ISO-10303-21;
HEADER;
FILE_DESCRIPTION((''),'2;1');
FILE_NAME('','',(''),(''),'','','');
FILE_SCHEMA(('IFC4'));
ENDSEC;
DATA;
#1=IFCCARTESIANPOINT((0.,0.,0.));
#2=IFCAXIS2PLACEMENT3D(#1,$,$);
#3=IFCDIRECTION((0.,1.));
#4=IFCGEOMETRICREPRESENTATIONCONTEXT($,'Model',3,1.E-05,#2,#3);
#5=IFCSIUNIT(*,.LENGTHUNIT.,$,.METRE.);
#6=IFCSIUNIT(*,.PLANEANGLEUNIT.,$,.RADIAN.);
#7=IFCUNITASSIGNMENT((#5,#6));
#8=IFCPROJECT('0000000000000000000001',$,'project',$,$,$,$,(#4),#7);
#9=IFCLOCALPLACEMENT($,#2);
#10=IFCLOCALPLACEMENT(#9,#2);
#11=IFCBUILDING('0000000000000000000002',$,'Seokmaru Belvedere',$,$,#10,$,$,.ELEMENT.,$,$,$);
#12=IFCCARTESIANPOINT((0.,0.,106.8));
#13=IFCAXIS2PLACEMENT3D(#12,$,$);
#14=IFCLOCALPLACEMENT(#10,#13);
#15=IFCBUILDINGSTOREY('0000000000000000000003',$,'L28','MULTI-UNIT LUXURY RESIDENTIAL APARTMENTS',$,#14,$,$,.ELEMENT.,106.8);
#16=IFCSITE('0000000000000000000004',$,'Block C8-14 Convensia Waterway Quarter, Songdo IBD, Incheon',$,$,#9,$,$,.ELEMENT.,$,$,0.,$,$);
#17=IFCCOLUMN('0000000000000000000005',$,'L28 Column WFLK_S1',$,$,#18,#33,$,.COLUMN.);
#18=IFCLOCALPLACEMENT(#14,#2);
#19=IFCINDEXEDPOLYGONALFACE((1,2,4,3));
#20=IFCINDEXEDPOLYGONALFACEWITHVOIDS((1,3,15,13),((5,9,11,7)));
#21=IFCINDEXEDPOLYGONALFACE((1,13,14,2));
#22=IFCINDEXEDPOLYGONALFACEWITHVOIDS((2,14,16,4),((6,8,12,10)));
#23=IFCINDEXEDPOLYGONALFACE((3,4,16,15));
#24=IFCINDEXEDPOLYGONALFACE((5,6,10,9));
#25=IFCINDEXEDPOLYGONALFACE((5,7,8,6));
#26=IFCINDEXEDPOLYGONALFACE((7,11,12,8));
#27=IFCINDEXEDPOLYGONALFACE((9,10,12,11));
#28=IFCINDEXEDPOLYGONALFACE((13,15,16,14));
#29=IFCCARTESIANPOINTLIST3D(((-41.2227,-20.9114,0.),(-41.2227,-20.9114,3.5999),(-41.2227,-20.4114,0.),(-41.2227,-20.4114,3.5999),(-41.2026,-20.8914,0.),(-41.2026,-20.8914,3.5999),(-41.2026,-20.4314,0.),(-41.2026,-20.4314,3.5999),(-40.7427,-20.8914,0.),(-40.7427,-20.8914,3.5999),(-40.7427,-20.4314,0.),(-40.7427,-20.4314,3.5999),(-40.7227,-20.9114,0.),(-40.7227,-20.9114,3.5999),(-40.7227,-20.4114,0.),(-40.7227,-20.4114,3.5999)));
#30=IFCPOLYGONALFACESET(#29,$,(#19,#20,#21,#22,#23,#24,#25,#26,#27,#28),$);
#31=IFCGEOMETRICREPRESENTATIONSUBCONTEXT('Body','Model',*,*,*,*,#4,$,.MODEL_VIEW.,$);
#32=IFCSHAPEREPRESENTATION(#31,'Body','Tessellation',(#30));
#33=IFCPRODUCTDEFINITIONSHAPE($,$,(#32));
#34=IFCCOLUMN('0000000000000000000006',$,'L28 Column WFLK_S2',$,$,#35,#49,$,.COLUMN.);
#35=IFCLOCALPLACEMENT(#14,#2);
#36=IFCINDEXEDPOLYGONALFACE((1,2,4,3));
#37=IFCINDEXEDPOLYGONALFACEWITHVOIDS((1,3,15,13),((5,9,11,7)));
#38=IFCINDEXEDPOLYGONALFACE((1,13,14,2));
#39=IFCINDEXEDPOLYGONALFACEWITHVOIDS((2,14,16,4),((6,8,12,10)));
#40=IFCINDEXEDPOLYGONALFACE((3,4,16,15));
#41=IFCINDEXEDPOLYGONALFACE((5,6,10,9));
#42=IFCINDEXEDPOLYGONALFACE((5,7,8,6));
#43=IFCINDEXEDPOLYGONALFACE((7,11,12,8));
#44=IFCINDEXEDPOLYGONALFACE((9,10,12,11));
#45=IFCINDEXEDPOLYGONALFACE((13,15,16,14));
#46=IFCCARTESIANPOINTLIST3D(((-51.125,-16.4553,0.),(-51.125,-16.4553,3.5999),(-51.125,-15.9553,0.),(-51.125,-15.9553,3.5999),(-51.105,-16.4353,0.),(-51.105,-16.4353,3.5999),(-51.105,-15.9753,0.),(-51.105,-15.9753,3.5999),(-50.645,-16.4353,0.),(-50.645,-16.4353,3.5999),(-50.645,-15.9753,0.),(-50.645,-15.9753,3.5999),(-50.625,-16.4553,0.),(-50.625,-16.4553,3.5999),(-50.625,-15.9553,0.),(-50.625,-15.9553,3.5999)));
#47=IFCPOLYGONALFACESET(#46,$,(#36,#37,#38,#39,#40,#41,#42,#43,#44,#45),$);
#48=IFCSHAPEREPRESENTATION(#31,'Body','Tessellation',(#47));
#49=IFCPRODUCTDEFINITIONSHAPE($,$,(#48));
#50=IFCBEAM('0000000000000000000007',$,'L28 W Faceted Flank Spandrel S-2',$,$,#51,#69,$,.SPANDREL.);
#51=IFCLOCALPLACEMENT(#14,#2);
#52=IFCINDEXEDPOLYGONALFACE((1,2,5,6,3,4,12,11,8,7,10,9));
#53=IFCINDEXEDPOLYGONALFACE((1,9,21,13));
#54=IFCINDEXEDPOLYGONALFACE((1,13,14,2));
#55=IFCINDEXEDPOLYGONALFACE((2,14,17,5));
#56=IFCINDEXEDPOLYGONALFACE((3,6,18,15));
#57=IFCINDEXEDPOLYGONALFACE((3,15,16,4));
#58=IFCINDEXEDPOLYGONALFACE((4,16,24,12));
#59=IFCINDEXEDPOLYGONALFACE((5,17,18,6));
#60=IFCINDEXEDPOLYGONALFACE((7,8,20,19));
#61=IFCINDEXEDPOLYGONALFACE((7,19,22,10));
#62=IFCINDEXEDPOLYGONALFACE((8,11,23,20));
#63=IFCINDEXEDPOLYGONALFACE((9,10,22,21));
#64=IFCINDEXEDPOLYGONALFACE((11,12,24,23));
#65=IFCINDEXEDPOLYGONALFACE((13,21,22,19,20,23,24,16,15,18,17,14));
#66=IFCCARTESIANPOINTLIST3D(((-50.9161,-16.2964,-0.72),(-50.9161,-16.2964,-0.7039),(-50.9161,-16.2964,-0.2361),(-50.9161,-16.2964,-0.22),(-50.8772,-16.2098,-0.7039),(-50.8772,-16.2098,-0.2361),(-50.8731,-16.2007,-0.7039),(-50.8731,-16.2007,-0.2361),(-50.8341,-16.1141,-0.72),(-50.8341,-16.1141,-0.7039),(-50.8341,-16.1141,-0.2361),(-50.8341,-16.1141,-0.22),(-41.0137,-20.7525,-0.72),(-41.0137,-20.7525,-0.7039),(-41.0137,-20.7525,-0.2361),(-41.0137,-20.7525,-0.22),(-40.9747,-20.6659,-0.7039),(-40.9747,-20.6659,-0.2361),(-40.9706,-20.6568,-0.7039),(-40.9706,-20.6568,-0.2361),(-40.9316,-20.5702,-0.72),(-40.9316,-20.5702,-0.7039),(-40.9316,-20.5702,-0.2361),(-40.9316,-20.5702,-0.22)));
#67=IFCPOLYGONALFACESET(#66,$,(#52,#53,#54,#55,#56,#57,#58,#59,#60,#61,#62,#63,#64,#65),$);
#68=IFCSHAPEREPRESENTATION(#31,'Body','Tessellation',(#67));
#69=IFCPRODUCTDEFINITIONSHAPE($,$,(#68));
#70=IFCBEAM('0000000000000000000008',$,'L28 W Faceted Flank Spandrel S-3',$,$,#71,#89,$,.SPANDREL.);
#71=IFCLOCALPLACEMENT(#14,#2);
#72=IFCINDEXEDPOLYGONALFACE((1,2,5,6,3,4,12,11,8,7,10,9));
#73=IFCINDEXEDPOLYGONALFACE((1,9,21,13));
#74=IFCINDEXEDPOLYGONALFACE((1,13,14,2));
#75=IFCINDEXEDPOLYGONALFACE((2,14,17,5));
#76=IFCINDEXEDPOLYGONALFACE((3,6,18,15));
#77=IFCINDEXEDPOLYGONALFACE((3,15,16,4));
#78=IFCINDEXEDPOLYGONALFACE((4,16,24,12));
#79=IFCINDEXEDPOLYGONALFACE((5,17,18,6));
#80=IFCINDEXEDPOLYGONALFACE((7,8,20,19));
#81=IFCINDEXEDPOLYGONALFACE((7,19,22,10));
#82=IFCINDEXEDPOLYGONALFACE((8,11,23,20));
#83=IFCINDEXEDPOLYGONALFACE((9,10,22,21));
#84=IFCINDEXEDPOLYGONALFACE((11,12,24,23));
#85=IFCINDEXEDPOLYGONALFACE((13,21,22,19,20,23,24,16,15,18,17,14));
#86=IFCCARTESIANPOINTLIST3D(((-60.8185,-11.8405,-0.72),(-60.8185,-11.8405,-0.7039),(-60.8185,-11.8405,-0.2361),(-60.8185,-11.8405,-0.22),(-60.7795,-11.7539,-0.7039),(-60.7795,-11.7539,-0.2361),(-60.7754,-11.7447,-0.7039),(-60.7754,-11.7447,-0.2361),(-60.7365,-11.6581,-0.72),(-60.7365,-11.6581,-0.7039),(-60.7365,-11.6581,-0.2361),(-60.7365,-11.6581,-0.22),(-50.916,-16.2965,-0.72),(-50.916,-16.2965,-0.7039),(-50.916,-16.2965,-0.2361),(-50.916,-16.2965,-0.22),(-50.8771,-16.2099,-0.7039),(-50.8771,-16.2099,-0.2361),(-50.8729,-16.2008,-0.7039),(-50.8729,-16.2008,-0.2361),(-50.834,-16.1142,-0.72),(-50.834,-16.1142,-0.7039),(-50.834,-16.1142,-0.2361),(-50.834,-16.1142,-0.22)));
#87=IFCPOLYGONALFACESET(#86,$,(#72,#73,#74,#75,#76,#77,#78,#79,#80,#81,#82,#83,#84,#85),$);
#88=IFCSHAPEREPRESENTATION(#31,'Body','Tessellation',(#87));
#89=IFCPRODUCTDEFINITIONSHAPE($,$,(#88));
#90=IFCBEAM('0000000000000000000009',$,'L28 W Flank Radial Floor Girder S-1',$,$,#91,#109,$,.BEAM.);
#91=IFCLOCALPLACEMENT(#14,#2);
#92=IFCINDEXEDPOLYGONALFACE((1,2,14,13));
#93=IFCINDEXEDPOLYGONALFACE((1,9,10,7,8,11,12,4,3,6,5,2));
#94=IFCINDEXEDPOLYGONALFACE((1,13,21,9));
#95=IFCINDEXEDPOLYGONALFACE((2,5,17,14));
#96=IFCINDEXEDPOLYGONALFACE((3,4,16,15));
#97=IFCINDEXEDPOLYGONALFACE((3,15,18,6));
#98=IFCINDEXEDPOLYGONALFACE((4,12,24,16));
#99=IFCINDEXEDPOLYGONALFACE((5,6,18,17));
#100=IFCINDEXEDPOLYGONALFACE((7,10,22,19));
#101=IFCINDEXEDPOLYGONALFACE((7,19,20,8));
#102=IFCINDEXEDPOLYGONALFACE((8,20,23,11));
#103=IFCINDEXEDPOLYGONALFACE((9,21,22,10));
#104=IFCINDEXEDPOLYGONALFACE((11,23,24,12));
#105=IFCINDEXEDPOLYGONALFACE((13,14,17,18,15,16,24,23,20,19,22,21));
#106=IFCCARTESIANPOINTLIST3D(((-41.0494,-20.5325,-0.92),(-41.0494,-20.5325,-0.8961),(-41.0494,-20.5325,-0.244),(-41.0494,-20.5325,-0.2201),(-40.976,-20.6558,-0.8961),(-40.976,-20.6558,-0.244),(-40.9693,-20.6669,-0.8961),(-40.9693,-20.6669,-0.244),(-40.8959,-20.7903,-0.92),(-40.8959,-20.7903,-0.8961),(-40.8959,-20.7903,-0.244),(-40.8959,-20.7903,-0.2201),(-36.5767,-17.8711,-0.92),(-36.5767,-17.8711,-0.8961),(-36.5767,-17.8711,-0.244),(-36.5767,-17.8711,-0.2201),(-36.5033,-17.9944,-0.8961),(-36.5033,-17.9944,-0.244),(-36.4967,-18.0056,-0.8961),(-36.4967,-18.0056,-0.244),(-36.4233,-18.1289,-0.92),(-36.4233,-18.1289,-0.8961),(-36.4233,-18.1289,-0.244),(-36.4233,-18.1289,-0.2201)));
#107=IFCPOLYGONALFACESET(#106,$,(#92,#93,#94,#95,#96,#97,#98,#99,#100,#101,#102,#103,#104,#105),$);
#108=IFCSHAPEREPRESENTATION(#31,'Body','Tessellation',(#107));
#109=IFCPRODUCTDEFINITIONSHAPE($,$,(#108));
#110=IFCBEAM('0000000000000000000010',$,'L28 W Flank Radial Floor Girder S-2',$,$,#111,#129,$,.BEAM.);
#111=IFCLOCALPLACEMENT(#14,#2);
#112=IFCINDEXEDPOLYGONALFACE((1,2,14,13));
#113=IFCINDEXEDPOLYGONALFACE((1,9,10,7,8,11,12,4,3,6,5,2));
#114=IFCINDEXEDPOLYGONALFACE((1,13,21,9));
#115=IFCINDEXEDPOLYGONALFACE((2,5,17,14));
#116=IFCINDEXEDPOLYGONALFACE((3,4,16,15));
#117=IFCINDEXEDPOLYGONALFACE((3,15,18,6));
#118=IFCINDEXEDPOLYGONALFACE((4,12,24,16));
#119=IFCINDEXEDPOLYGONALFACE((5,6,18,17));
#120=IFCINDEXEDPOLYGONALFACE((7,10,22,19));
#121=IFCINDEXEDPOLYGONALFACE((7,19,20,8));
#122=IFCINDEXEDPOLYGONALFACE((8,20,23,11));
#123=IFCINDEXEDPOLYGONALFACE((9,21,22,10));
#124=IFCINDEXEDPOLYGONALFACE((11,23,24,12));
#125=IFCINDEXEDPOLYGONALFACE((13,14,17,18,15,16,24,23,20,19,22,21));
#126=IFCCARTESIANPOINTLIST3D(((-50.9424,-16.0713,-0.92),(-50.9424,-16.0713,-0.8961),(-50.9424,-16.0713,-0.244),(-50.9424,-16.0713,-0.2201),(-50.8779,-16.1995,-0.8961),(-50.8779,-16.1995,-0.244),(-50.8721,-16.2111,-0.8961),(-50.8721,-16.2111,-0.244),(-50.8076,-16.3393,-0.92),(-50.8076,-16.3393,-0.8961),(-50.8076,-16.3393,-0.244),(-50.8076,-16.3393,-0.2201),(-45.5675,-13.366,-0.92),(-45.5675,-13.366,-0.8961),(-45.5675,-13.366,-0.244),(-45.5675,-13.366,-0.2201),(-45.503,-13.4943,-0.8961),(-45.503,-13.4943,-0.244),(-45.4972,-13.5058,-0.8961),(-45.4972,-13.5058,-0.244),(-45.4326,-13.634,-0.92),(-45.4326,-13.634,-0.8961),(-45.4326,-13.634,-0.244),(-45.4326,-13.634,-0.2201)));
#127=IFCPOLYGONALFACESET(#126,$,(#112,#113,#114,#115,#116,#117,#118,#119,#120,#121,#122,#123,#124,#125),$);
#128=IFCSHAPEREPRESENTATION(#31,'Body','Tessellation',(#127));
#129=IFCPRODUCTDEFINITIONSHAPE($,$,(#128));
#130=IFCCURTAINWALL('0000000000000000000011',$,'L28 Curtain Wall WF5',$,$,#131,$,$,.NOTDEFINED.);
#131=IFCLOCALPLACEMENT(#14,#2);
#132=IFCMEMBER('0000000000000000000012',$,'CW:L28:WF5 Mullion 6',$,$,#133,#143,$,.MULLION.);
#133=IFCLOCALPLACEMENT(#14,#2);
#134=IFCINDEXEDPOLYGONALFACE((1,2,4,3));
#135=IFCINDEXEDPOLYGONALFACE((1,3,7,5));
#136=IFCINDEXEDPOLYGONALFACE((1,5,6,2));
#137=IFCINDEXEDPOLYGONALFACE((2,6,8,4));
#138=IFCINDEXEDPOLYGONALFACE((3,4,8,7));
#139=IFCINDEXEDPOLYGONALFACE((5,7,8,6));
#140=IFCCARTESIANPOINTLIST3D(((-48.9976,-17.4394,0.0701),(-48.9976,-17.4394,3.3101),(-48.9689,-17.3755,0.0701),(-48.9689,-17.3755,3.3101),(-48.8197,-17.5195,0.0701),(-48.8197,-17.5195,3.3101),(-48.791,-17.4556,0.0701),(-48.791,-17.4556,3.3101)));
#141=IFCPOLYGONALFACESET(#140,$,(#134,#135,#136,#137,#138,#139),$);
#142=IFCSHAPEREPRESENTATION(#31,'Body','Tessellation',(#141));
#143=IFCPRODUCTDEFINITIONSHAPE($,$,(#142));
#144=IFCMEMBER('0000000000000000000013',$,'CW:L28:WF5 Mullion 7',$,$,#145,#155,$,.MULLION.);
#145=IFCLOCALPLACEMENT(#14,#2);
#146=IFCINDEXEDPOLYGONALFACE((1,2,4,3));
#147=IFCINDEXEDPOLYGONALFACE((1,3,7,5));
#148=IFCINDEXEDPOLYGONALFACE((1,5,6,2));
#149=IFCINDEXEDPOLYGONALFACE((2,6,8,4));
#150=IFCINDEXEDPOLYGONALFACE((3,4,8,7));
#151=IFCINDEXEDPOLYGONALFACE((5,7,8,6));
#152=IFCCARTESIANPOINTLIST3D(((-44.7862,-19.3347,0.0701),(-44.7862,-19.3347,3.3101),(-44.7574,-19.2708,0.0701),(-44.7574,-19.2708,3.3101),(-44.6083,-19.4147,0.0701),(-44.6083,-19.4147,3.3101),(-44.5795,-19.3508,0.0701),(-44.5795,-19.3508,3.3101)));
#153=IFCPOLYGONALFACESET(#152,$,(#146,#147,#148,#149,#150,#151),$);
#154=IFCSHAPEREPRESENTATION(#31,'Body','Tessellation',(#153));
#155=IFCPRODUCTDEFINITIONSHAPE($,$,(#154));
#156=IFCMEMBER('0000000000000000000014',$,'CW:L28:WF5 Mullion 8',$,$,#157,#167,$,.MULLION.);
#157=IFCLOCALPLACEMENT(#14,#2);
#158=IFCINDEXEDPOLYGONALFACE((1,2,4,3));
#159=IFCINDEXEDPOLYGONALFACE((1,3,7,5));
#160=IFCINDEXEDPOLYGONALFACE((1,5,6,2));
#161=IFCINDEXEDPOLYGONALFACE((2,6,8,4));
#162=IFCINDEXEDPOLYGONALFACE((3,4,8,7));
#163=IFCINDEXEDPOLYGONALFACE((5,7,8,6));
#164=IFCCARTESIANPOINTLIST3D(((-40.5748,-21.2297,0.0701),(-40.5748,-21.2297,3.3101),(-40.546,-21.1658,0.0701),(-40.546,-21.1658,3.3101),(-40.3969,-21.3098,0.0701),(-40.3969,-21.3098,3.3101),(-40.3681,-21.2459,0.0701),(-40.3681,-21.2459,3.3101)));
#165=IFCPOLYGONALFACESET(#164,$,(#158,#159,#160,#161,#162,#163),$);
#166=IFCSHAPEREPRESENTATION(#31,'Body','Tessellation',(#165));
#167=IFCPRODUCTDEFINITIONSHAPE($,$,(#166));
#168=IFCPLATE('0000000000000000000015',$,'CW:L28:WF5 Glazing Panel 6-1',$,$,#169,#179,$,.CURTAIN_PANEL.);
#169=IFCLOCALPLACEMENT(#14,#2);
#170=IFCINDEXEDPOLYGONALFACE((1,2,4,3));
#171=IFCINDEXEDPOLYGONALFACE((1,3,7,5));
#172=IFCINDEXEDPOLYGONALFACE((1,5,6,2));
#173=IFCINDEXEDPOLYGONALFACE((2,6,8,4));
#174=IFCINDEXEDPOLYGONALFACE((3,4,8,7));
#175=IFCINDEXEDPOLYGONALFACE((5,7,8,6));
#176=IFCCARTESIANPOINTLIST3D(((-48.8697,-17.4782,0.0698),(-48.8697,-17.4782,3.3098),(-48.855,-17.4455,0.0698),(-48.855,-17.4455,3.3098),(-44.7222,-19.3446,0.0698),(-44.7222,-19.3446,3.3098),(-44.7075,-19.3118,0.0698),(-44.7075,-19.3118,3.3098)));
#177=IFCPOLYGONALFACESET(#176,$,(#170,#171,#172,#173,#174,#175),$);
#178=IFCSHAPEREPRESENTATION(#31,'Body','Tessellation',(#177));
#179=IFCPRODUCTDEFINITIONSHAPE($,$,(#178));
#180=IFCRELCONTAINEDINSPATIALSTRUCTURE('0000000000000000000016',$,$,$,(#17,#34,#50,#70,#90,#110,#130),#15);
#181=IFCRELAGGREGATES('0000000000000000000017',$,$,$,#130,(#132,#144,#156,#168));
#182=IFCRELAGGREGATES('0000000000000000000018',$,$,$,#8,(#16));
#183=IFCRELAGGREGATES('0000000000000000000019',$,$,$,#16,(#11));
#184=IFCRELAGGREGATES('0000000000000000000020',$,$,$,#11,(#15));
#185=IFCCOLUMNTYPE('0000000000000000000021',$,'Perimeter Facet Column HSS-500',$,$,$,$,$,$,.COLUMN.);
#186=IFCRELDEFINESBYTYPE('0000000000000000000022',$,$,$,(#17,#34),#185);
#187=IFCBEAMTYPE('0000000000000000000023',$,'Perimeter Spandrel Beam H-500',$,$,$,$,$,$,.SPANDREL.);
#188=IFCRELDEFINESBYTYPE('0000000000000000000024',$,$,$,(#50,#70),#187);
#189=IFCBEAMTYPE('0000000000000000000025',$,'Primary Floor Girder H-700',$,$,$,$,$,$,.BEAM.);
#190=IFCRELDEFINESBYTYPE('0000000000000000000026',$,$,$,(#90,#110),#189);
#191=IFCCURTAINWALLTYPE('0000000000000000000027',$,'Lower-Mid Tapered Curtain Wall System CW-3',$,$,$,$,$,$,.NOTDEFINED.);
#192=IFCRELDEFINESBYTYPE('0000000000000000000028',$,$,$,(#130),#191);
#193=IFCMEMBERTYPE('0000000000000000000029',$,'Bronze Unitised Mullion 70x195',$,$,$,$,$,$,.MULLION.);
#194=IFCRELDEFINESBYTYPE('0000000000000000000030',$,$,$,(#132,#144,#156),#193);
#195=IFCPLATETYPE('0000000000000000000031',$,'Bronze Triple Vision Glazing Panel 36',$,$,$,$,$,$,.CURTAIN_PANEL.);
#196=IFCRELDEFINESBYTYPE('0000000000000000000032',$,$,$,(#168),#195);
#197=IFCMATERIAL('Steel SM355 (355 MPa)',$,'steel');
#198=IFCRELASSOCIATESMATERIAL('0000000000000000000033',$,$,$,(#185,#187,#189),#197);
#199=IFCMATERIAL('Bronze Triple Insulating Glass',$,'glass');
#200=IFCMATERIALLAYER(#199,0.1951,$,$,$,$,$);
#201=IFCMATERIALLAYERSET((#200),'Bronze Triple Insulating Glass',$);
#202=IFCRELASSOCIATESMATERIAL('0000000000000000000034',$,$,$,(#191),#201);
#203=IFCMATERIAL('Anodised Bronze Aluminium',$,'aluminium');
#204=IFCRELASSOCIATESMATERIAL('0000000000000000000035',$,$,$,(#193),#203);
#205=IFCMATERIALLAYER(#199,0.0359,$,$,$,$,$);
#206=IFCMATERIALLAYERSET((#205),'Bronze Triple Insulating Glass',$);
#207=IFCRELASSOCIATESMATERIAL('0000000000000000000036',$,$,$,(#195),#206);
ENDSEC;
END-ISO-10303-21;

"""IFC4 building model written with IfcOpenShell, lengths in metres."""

from ifc_helpers import new_model, si_unit, direction, frame, origin, origin_2d, place, context, subcontext, project, spatial, rectangle, hollow_rectangle, i_section, extrude, source, transform, mapped, material, layer, layer_set, material_profile, profile_set, type_object, type_shapes, element, aggregate, save


model = new_model("IFC4")

# Units and contexts
model_context = context("Model", 3, precision=1e-05, world=origin(), true_north=direction((0.0, 1.0)))
body_context = subcontext(model_context, "Body", "Model", "MODEL_VIEW")
ifc_project = project(units=[si_unit("LENGTHUNIT", "METRE"), si_unit("PLANEANGLEUNIT", "RADIAN")], contexts=[model_context])

# Site, building, storey
site_placement = place(None, origin())
site = spatial("IfcSite", under=ifc_project, at=site_placement, Name="Block C8-14 Convensia Waterway Quarter, Songdo IBD, Incheon", CompositionType="ELEMENT", RefElevation=0.0)
building_placement = place(site_placement, origin())
building = spatial("IfcBuilding", under=site, at=building_placement, Name="Seokmaru Belvedere", CompositionType="ELEMENT")
storey_placement = place(building_placement, frame((0.0, 0.0, 106.8)))
storey = spatial("IfcBuildingStorey", under=building, at=storey_placement, Name="L28", Description="MULTI-UNIT LUXURY RESIDENTIAL APARTMENTS", CompositionType="ELEMENT", Elevation=106.8)

# Columns
ifc_material_1 = material(Name="Steel SM355 (355 MPa)", Category="steel")
ifc_material_profile_1 = material_profile(ifc_material_1, hollow_rectangle(XDim=0.5, YDim=0.5, WallThickness=0.02, at=origin_2d()), Name="HSS-500x500x20")
ifc_profile_set_1 = profile_set([ifc_material_profile_1], Name="Steel SM355 (355 MPa)")
column_type = type_object("IfcColumnType", Name="Perimeter Facet Column HSS-500", PredefinedType="COLUMN", material=ifc_profile_set_1)
shared_shape_1 = source(origin(), body_context, "Body", "SweptSolid", [
    extrude(hollow_rectangle(XDim=0.5, YDim=0.5, WallThickness=0.02, at=origin_2d()), origin(), (0.0, 0.0, 1.0), 3.5999),
])
type_shapes(column_type, [shared_shape_1])
for number, where, z_axis, x_axis, name in (
    (1, (-40.9727, -20.6614, 0.0), (0.0, 0.0, 1.0), (1.0, 0.0, 0.0), "L28 Column WFLK_S1"),
    (2, (-50.875, -16.2053, 0.0), (0.0, 0.0, 1.0), (1.0, 0.0, 0.0), "L28 Column WFLK_S2"),
):
    element("IfcColumn", number, at=place(storey_placement, frame(where, z_axis=z_axis, x_axis=x_axis)), inside=storey, type_object=column_type, Name=name, PredefinedType="COLUMN", context=body_context, shape_type="MappedRepresentation", body=[
        mapped(shared_shape_1, transform((0.0, 0.0, 0.0), scale=1.0)),
    ])

# Beams
ifc_material_profile_2 = material_profile(ifc_material_1, i_section(OverallWidth=0.2, OverallDepth=0.5, WebThickness=0.01, FlangeThickness=0.0161, at=origin_2d()), Name="H-500x200x10x16")
ifc_profile_set_2 = profile_set([ifc_material_profile_2], Name="Steel SM355 (355 MPa)")
beam_type_1 = type_object("IfcBeamType", Name="Perimeter Spandrel Beam H-500", PredefinedType="SPANDREL", material=ifc_profile_set_2)
shared_shape_2 = source(origin(), body_context, "Body", "SweptSolid", [
    extrude(i_section(OverallWidth=0.2, OverallDepth=0.5, WebThickness=0.01, FlangeThickness=0.0161, at=origin_2d()), origin(), (0.0, 0.0, 1.0), 10.8589),
])
type_shapes(beam_type_1, [shared_shape_2])
for number, where, z_axis, x_axis, name in (
    (3, (-40.9727, -20.6614, -0.47), (-0.911922, 0.410365, 0.0), (-0.410365, -0.911922, 0.0), "L28 W Faceted Flank Spandrel S-2"),
    (4, (-50.875, -16.2053, -0.47), (-0.911925, 0.410356, 0.0), (-0.410356, -0.911925, 0.0), "L28 W Faceted Flank Spandrel S-3"),
):
    element("IfcBeam", number, at=place(storey_placement, frame(where, z_axis=z_axis, x_axis=x_axis)), inside=storey, type_object=beam_type_1, Name=name, PredefinedType="SPANDREL", context=body_context, shape_type="MappedRepresentation", body=[
        mapped(shared_shape_2, transform((0.0, 0.0, 0.0), scale=1.0)),
    ])
ifc_material_profile_3 = material_profile(ifc_material_1, i_section(OverallWidth=0.3, OverallDepth=0.7, WebThickness=0.0129, FlangeThickness=0.0239, at=origin_2d()), Name="H-700x300x13x24")
ifc_profile_set_3 = profile_set([ifc_material_profile_3], Name="Steel SM355 (355 MPa)")
beam_type_2 = type_object("IfcBeamType", Name="Primary Floor Girder H-700", PredefinedType="BEAM", material=ifc_profile_set_3)
shared_shape_3 = source(origin(), body_context, "Body", "SweptSolid", [
    extrude(i_section(OverallWidth=0.3, OverallDepth=0.7, WebThickness=0.0129, FlangeThickness=0.0239, at=origin_2d()), origin(), (0.0, 0.0, 1.0), 5.2046),
])
beam_1_placement = place(storey_placement, frame((-40.9727, -20.6614, -0.5701), z_axis=(0.85937, 0.511354, 0.0), x_axis=(-0.511354, 0.85937, 0.0)))
element("IfcBeam", 5, at=beam_1_placement, inside=storey, type_object=beam_type_2, Name="L28 W Flank Radial Floor Girder S-1", PredefinedType="BEAM", context=body_context, shape_type="MappedRepresentation", body=[
    mapped(shared_shape_3, transform((0.0, 0.0, 0.0), scale=1.0)),
])
shared_shape_4 = source(origin(), body_context, "Body", "SweptSolid", [
    extrude(i_section(OverallWidth=0.3, OverallDepth=0.7, WebThickness=0.0129, FlangeThickness=0.0239, at=origin_2d()), origin(), (0.0, 0.0, 1.0), 6.0173),
])
type_shapes(beam_type_2, [shared_shape_3, shared_shape_4])
beam_2_placement = place(storey_placement, frame((-50.875, -16.2053, -0.5701), z_axis=(0.893239, 0.449581, 0.0), x_axis=(-0.449581, 0.893239, 0.0)))
element("IfcBeam", 6, at=beam_2_placement, inside=storey, type_object=beam_type_2, Name="L28 W Flank Radial Floor Girder S-2", PredefinedType="BEAM", context=body_context, shape_type="MappedRepresentation", body=[
    mapped(shared_shape_4, transform((0.0, 0.0, 0.0), scale=1.0)),
])

# Curtain wall, members, plate
ifc_material_2 = material(Name="Bronze Triple Insulating Glass", Category="glass")
ifc_layer_1 = layer(ifc_material_2, 0.1951)
ifc_layer_set_1 = layer_set([ifc_layer_1], Name="Bronze Triple Insulating Glass")
curtain_wall_type = type_object("IfcCurtainWallType", Name="Lower-Mid Tapered Curtain Wall System CW-3", PredefinedType="NOTDEFINED", material=ifc_layer_set_1)
curtain_wall_placement = place(storey_placement, origin())
curtain_wall = element("IfcCurtainWall", 7, at=curtain_wall_placement, inside=storey, type_object=curtain_wall_type, Name="L28 Curtain Wall WF5", PredefinedType="NOTDEFINED")
ifc_material_3 = material(Name="Anodised Bronze Aluminium", Category="aluminium")
ifc_material_profile_4 = material_profile(ifc_material_3, rectangle(XDim=0.0701, YDim=0.1951, at=origin_2d()), Name="CW-M-70x195")
ifc_profile_set_4 = profile_set([ifc_material_profile_4], Name="Anodised Bronze Aluminium")
member_type = type_object("IfcMemberType", Name="Bronze Unitised Mullion 70x195", PredefinedType="MULLION", material=ifc_profile_set_4)
shared_shape_5 = source(origin(), body_context, "Body", "SweptSolid", [
    extrude(rectangle(XDim=0.0701, YDim=0.1951, at=origin_2d()), origin(), (0.0, 0.0, 1.0), 3.24),
])
type_shapes(member_type, [shared_shape_5])
member_1_placement = place(storey_placement, frame((-48.8943, -17.4475, 0.0701), z_axis=(0.0, 0.0, 1.0), x_axis=(0.410366, 0.911921, 0.0)))
member_1 = element("IfcMember", 8, at=member_1_placement, type_object=member_type, Name="CW:L28:WF5 Mullion 6", PredefinedType="MULLION", context=body_context, shape_type="MappedRepresentation", body=[
    mapped(shared_shape_5, transform((0.0, 0.0, 0.0), scale=1.0)),
])
member_2_placement = place(storey_placement, frame((-44.6829, -19.3428, 0.0701), z_axis=(0.0, 0.0, 1.0), x_axis=(0.410366, 0.911921, 0.0)))
member_2 = element("IfcMember", 9, at=member_2_placement, type_object=member_type, Name="CW:L28:WF5 Mullion 7", PredefinedType="MULLION", context=body_context, shape_type="MappedRepresentation", body=[
    mapped(shared_shape_5, transform((0.0, 0.0, 0.0), scale=1.0)),
])
member_3_placement = place(storey_placement, frame((-40.4714, -21.2378, 0.0701), z_axis=(0.0, 0.0, 1.0), x_axis=(0.410366, 0.911921, 0.0)))
member_3 = element("IfcMember", 10, at=member_3_placement, type_object=member_type, Name="CW:L28:WF5 Mullion 8", PredefinedType="MULLION", context=body_context, shape_type="MappedRepresentation", body=[
    mapped(shared_shape_5, transform((0.0, 0.0, 0.0), scale=1.0)),
])
ifc_layer_2 = layer(ifc_material_2, 0.0359)
ifc_layer_set_2 = layer_set([ifc_layer_2], Name="Bronze Triple Insulating Glass")
plate_type = type_object("IfcPlateType", Name="Bronze Triple Vision Glazing Panel 36", PredefinedType="CURTAIN_PANEL", material=ifc_layer_set_2)
shared_shape_6 = source(origin(), body_context, "Body", "SweptSolid", [
    extrude(rectangle(XDim=4.5481, YDim=0.0359, at=origin_2d()), origin(), (0.0, 0.0, 1.0), 3.24),
])
type_shapes(plate_type, [shared_shape_6])
plate_1_placement = place(storey_placement, frame((-46.7886, -18.395, 0.0698), z_axis=(0.0, 0.0, 1.0), x_axis=(0.911921, -0.410366, 0.0)))
plate_1 = element("IfcPlate", 11, at=plate_1_placement, type_object=plate_type, Name="CW:L28:WF5 Glazing Panel 6-1", PredefinedType="CURTAIN_PANEL", context=body_context, shape_type="MappedRepresentation", body=[
    mapped(shared_shape_6, transform((0.0, 0.0, 0.0), scale=1.0)),
])
aggregate(curtain_wall, [member_1, member_2, member_3, plate_1])

save(model, "model.ifc")
